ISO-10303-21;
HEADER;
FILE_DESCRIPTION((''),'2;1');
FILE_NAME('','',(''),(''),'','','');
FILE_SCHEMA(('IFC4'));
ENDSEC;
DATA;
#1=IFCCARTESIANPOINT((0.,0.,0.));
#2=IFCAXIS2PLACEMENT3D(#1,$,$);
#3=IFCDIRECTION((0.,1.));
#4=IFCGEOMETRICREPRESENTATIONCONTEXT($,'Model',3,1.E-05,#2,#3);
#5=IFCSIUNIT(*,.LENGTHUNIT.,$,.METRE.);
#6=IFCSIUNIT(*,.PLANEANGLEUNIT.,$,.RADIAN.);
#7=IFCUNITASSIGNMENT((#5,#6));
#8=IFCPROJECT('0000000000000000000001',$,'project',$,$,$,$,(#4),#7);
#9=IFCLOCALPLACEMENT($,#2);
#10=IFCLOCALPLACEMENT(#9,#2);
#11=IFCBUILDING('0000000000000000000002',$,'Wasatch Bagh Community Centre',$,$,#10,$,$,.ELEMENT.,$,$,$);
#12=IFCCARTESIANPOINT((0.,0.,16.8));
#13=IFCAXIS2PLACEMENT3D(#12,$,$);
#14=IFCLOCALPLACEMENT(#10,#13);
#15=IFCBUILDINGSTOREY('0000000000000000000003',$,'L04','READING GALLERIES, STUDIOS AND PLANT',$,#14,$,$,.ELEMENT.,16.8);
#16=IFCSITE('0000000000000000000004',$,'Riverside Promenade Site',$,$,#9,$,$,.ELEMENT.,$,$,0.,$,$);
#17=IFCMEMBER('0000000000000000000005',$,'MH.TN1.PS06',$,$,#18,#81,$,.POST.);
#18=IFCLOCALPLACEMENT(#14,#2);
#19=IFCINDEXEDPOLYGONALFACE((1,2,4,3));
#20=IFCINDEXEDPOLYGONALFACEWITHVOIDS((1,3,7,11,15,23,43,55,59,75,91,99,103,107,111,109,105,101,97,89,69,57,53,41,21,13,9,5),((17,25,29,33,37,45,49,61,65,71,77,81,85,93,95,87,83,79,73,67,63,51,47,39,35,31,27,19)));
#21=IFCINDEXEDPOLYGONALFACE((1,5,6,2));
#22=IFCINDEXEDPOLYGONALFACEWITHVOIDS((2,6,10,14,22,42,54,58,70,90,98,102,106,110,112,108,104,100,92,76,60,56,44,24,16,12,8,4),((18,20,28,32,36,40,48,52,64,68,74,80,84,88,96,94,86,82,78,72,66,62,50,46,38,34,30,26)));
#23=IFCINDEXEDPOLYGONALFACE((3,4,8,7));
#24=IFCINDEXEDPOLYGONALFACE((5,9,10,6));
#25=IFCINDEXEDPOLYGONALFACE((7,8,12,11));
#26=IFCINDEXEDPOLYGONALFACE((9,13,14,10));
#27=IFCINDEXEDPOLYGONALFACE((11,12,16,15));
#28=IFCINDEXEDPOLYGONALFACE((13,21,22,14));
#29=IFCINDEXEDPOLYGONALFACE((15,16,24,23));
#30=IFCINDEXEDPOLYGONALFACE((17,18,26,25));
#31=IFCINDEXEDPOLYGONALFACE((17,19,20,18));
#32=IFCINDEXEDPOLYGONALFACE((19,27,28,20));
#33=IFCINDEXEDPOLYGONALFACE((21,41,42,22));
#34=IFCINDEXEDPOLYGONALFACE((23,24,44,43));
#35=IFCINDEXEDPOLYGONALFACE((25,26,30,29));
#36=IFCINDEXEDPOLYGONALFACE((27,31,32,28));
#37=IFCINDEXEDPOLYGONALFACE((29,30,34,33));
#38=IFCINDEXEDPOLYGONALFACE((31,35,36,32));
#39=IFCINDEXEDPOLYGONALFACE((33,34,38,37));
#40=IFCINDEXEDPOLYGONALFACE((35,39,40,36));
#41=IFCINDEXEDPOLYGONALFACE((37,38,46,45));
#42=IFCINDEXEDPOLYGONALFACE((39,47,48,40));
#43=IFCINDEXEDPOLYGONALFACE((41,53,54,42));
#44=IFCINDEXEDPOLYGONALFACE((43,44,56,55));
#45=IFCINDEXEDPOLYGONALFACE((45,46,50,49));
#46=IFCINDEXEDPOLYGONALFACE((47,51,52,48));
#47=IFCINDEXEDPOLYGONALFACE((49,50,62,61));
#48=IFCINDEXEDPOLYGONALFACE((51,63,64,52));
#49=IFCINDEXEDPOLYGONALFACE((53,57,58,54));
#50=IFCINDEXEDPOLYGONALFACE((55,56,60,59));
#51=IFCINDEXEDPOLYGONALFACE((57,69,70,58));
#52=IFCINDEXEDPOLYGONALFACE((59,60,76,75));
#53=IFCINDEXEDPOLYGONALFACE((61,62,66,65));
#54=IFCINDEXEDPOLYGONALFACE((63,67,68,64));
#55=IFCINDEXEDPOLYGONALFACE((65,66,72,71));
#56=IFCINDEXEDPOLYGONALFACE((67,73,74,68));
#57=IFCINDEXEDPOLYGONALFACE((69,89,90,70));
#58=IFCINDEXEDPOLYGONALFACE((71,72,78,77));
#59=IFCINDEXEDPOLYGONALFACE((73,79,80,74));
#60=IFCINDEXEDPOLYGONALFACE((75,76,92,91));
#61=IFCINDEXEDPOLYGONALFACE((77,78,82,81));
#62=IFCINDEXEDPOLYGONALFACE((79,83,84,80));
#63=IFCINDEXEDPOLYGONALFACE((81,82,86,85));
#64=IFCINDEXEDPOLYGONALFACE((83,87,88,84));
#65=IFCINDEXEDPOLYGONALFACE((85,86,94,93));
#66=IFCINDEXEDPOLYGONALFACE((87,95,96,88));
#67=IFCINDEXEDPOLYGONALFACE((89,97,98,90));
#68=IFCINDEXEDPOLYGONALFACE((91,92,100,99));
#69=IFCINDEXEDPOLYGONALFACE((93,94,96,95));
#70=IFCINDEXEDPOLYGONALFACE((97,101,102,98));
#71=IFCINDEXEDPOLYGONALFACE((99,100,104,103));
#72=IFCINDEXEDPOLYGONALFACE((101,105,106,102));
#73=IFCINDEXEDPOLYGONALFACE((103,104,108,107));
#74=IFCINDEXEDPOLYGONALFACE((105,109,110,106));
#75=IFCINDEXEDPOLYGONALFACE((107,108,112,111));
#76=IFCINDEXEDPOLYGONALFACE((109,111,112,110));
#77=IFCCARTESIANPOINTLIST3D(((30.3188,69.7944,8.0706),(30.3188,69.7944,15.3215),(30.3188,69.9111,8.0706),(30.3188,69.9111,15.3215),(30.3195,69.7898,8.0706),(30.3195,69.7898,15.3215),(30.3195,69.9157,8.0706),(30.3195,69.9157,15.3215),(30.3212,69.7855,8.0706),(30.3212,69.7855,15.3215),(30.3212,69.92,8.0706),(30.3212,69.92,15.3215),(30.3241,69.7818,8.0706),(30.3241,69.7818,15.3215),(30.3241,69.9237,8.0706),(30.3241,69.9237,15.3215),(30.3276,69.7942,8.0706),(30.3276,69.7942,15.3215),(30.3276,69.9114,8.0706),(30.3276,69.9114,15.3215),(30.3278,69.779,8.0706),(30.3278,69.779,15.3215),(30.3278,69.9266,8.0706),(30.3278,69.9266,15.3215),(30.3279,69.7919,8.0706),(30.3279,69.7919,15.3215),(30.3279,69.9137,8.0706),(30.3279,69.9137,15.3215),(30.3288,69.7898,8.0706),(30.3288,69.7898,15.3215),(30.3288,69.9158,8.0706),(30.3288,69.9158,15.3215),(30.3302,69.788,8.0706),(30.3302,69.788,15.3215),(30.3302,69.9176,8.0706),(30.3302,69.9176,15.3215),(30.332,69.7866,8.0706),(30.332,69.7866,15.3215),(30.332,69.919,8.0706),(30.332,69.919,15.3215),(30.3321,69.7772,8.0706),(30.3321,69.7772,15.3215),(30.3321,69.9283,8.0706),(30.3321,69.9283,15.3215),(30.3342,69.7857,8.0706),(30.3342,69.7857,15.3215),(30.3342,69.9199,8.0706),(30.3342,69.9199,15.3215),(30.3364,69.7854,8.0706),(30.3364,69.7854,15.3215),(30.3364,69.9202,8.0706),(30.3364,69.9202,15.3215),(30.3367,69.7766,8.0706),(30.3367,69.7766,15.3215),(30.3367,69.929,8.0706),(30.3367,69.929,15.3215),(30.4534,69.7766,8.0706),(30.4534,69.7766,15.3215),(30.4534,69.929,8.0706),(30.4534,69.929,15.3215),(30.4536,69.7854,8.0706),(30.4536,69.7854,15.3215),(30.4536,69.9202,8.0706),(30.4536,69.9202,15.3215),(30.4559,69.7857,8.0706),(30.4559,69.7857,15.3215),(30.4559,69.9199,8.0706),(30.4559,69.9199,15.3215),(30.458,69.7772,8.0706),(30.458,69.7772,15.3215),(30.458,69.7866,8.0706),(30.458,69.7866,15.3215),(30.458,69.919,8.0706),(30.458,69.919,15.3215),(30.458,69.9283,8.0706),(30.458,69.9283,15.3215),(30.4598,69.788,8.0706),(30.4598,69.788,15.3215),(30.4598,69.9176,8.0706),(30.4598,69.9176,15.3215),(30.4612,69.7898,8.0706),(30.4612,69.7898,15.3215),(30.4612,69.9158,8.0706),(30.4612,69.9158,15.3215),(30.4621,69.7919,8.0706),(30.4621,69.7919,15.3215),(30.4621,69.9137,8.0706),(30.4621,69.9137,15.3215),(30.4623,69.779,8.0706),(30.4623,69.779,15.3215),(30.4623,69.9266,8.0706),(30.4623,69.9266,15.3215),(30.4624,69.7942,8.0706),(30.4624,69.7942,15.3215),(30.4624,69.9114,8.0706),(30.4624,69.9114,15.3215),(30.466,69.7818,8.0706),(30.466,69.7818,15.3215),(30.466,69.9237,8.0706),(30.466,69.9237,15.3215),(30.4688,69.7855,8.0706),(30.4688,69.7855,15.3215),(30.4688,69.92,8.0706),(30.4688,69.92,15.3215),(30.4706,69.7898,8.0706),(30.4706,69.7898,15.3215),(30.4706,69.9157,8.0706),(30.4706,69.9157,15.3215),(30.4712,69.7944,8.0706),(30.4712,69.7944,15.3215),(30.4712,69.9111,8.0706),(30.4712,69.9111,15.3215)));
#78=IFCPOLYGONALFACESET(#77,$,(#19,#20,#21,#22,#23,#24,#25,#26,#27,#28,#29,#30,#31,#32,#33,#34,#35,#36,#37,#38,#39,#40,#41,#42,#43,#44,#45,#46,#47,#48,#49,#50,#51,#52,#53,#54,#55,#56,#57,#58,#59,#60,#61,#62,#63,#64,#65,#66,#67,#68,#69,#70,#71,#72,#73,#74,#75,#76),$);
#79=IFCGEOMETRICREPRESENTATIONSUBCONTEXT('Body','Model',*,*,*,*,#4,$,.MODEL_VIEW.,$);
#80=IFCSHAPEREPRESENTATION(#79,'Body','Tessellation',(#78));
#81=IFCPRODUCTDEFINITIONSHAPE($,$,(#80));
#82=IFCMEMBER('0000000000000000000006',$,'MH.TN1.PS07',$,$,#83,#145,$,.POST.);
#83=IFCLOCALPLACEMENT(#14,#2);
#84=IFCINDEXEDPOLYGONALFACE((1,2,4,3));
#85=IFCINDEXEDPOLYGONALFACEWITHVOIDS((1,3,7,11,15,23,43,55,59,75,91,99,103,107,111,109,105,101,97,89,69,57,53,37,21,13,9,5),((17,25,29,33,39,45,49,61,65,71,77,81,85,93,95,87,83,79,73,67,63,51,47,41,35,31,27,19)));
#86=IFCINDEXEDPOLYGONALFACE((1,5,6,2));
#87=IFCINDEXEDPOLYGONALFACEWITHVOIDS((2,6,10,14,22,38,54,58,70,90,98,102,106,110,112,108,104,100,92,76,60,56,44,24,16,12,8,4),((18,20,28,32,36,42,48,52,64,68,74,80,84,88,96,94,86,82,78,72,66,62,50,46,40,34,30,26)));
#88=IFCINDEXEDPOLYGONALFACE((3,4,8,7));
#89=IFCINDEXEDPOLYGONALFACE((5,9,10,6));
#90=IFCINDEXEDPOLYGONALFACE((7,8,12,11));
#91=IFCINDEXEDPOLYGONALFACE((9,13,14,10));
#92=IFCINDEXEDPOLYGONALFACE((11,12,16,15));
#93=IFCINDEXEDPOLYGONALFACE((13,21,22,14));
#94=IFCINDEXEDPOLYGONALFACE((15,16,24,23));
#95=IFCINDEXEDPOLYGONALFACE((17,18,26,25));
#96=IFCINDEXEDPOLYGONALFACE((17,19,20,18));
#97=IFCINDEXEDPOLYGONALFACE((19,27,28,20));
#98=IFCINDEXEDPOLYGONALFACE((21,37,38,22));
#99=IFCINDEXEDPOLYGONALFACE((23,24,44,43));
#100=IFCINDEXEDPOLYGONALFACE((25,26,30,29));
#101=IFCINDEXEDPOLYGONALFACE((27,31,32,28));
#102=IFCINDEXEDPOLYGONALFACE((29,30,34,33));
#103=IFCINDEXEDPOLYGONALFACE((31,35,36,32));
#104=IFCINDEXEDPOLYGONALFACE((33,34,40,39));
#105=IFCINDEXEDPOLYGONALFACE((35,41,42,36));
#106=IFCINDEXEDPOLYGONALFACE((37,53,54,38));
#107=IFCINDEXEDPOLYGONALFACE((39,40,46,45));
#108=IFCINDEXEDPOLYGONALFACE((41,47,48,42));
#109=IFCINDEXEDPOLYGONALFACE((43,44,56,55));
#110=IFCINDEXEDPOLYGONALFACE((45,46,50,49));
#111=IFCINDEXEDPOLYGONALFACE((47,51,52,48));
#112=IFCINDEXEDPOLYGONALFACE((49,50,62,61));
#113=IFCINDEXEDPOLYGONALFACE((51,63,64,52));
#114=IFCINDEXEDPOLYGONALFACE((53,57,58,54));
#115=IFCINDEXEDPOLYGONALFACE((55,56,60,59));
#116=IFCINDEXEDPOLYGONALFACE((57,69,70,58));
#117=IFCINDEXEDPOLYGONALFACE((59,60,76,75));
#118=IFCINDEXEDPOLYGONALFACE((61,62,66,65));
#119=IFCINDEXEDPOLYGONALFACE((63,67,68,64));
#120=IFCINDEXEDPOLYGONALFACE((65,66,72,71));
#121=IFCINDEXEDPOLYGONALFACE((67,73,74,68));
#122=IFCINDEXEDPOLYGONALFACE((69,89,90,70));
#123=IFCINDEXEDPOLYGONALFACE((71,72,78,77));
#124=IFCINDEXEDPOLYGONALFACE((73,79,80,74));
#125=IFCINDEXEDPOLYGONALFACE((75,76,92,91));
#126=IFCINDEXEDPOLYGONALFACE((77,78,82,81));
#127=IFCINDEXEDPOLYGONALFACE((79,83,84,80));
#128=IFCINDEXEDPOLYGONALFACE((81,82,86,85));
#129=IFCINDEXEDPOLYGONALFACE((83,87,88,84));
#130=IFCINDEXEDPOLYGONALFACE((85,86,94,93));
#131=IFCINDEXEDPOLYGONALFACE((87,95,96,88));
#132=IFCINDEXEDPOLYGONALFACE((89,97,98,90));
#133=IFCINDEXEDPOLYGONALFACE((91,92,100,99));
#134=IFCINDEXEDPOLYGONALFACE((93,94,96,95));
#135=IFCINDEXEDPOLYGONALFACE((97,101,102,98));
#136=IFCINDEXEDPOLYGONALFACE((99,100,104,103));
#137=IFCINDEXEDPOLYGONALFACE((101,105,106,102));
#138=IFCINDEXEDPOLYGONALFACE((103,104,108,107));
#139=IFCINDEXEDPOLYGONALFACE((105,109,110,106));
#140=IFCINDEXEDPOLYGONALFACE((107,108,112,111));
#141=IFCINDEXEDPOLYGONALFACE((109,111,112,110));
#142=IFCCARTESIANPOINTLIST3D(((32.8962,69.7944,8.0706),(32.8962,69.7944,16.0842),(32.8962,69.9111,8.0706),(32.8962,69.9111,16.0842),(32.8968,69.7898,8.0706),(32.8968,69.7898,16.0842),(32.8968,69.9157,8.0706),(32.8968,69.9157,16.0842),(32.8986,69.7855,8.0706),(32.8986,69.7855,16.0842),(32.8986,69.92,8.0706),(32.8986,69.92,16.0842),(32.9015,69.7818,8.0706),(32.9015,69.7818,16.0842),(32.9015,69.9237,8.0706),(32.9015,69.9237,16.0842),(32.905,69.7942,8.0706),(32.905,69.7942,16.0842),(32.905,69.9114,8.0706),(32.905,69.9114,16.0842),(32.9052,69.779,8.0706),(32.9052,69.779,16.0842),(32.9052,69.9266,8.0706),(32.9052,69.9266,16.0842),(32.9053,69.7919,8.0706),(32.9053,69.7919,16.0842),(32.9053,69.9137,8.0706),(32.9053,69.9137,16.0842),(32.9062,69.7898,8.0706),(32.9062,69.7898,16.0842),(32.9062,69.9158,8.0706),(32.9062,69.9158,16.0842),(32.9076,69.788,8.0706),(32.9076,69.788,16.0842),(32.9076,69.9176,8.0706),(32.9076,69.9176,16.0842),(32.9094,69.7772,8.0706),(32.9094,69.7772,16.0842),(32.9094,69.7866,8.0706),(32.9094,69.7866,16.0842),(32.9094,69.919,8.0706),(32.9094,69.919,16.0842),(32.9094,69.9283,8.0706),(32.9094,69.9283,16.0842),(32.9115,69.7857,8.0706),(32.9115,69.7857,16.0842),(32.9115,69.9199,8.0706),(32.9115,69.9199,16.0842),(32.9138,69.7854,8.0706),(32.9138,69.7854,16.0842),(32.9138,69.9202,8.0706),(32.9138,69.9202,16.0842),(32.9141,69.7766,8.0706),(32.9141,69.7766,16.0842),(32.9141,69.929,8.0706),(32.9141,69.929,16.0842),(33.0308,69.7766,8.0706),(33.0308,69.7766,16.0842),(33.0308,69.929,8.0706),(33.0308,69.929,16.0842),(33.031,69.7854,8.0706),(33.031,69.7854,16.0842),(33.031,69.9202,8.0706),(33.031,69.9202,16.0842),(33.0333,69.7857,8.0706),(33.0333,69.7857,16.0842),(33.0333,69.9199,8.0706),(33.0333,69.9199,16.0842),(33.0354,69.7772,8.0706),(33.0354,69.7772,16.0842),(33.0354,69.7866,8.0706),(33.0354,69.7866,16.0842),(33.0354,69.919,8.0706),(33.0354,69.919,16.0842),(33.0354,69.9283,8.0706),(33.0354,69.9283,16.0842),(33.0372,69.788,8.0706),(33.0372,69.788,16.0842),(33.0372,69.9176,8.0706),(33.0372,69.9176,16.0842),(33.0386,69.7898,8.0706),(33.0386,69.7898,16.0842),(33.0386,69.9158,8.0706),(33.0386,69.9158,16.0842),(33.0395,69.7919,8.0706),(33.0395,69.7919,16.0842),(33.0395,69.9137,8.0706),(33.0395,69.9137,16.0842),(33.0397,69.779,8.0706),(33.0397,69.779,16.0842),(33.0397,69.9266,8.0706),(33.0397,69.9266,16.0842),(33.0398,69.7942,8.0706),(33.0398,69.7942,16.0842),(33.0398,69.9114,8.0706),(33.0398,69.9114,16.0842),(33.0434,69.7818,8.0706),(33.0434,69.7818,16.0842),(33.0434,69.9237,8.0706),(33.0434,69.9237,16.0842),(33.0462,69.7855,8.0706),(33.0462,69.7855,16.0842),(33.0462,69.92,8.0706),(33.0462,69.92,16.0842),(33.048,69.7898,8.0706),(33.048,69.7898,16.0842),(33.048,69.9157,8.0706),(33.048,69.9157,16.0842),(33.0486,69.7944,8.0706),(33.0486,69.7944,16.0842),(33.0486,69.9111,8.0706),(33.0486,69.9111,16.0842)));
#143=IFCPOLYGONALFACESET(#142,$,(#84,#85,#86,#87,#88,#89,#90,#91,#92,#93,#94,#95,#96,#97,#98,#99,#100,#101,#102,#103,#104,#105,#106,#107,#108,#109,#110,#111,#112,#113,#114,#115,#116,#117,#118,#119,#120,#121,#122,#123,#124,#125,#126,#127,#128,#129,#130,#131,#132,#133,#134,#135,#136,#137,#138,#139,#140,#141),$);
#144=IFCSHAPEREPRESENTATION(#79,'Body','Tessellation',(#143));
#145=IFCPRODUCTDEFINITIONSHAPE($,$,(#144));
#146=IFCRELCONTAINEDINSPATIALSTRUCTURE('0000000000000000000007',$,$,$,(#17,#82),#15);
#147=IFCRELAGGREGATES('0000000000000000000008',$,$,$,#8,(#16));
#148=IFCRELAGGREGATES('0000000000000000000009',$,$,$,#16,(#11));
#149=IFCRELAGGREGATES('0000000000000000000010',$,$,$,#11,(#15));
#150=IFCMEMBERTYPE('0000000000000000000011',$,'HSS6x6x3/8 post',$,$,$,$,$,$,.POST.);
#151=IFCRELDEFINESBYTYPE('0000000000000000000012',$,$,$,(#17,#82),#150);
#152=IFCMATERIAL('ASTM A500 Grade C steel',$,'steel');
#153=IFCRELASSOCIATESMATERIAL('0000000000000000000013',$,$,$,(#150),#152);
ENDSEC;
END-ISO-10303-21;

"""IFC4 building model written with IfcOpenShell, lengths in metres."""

from ifc_helpers import new_model, si_unit, direction, frame, origin, origin_2d, place, context, subcontext, project, spatial, hollow_rectangle, extrude, material, material_profile, profile_set, type_object, element, save


model = new_model("IFC4")

# Units and contexts
model_context = context("Model", 3, precision=1e-05, world=origin(), true_north=direction((0.0, 1.0)))
body_context = subcontext(model_context, "Body", "Model", "MODEL_VIEW")
ifc_project = project(units=[si_unit("LENGTHUNIT", "METRE"), si_unit("PLANEANGLEUNIT", "RADIAN")], contexts=[model_context])

# Site, building, storey
site_placement = place(None, origin())
site = spatial("IfcSite", under=ifc_project, at=site_placement, Name="Riverside Promenade Site", CompositionType="ELEMENT", RefElevation=0.0)
building_placement = place(site_placement, origin())
building = spatial("IfcBuilding", under=site, at=building_placement, Name="Wasatch Bagh Community Centre", CompositionType="ELEMENT")
storey_placement = place(building_placement, frame((0.0, 0.0, 16.8)))
storey = spatial("IfcBuildingStorey", under=building, at=storey_placement, Name="L04", Description="READING GALLERIES, STUDIOS AND PLANT", CompositionType="ELEMENT", Elevation=16.8)

# Members
ifc_material_1 = material(Name="ASTM A500 Grade C steel", Category="steel")
ifc_material_profile_1 = material_profile(ifc_material_1, hollow_rectangle(XDim=0.1523, YDim=0.1523, WallThickness=0.0088, InnerFilletRadius=0.0088, OuterFilletRadius=0.0178, at=origin_2d()), Name="HSS6x6x3/8")
ifc_profile_set_1 = profile_set([ifc_material_profile_1], Name="ASTM A500 Grade C steel")
member_type_1 = type_object("IfcMemberType", Name="HSS6x6x3/8 post", PredefinedType="POST", material=ifc_profile_set_1)
member_1_placement = place(storey_placement, frame((30.395, 69.8528, 8.0706), z_axis=(0.0, 0.0, 1.0), x_axis=(1.0, 0.0, 0.0)))
element("IfcMember", 1, at=member_1_placement, inside=storey, type_object=member_type_1, Name="MH.TN1.PS06", PredefinedType="POST", context=body_context, shape_type="SweptSolid", body=[
    extrude(hollow_rectangle(XDim=0.1523, YDim=0.1523, WallThickness=0.0088, InnerFilletRadius=0.0088, OuterFilletRadius=0.0178, at=origin_2d()), origin(), (0.0, 0.0, 1.0), 7.251),
])
member_2_placement = place(storey_placement, frame((32.9724, 69.8528, 8.0706), z_axis=(0.0, 0.0, 1.0), x_axis=(1.0, 0.0, 0.0)))
element("IfcMember", 2, at=member_2_placement, inside=storey, type_object=member_type_1, Name="MH.TN1.PS07", PredefinedType="POST", context=body_context, shape_type="SweptSolid", body=[
    extrude(hollow_rectangle(XDim=0.1523, YDim=0.1523, WallThickness=0.0088, InnerFilletRadius=0.0088, OuterFilletRadius=0.0178, at=origin_2d()), origin(), (0.0, 0.0, 1.0), 8.0137),
])

save(model, "model.ifc")
